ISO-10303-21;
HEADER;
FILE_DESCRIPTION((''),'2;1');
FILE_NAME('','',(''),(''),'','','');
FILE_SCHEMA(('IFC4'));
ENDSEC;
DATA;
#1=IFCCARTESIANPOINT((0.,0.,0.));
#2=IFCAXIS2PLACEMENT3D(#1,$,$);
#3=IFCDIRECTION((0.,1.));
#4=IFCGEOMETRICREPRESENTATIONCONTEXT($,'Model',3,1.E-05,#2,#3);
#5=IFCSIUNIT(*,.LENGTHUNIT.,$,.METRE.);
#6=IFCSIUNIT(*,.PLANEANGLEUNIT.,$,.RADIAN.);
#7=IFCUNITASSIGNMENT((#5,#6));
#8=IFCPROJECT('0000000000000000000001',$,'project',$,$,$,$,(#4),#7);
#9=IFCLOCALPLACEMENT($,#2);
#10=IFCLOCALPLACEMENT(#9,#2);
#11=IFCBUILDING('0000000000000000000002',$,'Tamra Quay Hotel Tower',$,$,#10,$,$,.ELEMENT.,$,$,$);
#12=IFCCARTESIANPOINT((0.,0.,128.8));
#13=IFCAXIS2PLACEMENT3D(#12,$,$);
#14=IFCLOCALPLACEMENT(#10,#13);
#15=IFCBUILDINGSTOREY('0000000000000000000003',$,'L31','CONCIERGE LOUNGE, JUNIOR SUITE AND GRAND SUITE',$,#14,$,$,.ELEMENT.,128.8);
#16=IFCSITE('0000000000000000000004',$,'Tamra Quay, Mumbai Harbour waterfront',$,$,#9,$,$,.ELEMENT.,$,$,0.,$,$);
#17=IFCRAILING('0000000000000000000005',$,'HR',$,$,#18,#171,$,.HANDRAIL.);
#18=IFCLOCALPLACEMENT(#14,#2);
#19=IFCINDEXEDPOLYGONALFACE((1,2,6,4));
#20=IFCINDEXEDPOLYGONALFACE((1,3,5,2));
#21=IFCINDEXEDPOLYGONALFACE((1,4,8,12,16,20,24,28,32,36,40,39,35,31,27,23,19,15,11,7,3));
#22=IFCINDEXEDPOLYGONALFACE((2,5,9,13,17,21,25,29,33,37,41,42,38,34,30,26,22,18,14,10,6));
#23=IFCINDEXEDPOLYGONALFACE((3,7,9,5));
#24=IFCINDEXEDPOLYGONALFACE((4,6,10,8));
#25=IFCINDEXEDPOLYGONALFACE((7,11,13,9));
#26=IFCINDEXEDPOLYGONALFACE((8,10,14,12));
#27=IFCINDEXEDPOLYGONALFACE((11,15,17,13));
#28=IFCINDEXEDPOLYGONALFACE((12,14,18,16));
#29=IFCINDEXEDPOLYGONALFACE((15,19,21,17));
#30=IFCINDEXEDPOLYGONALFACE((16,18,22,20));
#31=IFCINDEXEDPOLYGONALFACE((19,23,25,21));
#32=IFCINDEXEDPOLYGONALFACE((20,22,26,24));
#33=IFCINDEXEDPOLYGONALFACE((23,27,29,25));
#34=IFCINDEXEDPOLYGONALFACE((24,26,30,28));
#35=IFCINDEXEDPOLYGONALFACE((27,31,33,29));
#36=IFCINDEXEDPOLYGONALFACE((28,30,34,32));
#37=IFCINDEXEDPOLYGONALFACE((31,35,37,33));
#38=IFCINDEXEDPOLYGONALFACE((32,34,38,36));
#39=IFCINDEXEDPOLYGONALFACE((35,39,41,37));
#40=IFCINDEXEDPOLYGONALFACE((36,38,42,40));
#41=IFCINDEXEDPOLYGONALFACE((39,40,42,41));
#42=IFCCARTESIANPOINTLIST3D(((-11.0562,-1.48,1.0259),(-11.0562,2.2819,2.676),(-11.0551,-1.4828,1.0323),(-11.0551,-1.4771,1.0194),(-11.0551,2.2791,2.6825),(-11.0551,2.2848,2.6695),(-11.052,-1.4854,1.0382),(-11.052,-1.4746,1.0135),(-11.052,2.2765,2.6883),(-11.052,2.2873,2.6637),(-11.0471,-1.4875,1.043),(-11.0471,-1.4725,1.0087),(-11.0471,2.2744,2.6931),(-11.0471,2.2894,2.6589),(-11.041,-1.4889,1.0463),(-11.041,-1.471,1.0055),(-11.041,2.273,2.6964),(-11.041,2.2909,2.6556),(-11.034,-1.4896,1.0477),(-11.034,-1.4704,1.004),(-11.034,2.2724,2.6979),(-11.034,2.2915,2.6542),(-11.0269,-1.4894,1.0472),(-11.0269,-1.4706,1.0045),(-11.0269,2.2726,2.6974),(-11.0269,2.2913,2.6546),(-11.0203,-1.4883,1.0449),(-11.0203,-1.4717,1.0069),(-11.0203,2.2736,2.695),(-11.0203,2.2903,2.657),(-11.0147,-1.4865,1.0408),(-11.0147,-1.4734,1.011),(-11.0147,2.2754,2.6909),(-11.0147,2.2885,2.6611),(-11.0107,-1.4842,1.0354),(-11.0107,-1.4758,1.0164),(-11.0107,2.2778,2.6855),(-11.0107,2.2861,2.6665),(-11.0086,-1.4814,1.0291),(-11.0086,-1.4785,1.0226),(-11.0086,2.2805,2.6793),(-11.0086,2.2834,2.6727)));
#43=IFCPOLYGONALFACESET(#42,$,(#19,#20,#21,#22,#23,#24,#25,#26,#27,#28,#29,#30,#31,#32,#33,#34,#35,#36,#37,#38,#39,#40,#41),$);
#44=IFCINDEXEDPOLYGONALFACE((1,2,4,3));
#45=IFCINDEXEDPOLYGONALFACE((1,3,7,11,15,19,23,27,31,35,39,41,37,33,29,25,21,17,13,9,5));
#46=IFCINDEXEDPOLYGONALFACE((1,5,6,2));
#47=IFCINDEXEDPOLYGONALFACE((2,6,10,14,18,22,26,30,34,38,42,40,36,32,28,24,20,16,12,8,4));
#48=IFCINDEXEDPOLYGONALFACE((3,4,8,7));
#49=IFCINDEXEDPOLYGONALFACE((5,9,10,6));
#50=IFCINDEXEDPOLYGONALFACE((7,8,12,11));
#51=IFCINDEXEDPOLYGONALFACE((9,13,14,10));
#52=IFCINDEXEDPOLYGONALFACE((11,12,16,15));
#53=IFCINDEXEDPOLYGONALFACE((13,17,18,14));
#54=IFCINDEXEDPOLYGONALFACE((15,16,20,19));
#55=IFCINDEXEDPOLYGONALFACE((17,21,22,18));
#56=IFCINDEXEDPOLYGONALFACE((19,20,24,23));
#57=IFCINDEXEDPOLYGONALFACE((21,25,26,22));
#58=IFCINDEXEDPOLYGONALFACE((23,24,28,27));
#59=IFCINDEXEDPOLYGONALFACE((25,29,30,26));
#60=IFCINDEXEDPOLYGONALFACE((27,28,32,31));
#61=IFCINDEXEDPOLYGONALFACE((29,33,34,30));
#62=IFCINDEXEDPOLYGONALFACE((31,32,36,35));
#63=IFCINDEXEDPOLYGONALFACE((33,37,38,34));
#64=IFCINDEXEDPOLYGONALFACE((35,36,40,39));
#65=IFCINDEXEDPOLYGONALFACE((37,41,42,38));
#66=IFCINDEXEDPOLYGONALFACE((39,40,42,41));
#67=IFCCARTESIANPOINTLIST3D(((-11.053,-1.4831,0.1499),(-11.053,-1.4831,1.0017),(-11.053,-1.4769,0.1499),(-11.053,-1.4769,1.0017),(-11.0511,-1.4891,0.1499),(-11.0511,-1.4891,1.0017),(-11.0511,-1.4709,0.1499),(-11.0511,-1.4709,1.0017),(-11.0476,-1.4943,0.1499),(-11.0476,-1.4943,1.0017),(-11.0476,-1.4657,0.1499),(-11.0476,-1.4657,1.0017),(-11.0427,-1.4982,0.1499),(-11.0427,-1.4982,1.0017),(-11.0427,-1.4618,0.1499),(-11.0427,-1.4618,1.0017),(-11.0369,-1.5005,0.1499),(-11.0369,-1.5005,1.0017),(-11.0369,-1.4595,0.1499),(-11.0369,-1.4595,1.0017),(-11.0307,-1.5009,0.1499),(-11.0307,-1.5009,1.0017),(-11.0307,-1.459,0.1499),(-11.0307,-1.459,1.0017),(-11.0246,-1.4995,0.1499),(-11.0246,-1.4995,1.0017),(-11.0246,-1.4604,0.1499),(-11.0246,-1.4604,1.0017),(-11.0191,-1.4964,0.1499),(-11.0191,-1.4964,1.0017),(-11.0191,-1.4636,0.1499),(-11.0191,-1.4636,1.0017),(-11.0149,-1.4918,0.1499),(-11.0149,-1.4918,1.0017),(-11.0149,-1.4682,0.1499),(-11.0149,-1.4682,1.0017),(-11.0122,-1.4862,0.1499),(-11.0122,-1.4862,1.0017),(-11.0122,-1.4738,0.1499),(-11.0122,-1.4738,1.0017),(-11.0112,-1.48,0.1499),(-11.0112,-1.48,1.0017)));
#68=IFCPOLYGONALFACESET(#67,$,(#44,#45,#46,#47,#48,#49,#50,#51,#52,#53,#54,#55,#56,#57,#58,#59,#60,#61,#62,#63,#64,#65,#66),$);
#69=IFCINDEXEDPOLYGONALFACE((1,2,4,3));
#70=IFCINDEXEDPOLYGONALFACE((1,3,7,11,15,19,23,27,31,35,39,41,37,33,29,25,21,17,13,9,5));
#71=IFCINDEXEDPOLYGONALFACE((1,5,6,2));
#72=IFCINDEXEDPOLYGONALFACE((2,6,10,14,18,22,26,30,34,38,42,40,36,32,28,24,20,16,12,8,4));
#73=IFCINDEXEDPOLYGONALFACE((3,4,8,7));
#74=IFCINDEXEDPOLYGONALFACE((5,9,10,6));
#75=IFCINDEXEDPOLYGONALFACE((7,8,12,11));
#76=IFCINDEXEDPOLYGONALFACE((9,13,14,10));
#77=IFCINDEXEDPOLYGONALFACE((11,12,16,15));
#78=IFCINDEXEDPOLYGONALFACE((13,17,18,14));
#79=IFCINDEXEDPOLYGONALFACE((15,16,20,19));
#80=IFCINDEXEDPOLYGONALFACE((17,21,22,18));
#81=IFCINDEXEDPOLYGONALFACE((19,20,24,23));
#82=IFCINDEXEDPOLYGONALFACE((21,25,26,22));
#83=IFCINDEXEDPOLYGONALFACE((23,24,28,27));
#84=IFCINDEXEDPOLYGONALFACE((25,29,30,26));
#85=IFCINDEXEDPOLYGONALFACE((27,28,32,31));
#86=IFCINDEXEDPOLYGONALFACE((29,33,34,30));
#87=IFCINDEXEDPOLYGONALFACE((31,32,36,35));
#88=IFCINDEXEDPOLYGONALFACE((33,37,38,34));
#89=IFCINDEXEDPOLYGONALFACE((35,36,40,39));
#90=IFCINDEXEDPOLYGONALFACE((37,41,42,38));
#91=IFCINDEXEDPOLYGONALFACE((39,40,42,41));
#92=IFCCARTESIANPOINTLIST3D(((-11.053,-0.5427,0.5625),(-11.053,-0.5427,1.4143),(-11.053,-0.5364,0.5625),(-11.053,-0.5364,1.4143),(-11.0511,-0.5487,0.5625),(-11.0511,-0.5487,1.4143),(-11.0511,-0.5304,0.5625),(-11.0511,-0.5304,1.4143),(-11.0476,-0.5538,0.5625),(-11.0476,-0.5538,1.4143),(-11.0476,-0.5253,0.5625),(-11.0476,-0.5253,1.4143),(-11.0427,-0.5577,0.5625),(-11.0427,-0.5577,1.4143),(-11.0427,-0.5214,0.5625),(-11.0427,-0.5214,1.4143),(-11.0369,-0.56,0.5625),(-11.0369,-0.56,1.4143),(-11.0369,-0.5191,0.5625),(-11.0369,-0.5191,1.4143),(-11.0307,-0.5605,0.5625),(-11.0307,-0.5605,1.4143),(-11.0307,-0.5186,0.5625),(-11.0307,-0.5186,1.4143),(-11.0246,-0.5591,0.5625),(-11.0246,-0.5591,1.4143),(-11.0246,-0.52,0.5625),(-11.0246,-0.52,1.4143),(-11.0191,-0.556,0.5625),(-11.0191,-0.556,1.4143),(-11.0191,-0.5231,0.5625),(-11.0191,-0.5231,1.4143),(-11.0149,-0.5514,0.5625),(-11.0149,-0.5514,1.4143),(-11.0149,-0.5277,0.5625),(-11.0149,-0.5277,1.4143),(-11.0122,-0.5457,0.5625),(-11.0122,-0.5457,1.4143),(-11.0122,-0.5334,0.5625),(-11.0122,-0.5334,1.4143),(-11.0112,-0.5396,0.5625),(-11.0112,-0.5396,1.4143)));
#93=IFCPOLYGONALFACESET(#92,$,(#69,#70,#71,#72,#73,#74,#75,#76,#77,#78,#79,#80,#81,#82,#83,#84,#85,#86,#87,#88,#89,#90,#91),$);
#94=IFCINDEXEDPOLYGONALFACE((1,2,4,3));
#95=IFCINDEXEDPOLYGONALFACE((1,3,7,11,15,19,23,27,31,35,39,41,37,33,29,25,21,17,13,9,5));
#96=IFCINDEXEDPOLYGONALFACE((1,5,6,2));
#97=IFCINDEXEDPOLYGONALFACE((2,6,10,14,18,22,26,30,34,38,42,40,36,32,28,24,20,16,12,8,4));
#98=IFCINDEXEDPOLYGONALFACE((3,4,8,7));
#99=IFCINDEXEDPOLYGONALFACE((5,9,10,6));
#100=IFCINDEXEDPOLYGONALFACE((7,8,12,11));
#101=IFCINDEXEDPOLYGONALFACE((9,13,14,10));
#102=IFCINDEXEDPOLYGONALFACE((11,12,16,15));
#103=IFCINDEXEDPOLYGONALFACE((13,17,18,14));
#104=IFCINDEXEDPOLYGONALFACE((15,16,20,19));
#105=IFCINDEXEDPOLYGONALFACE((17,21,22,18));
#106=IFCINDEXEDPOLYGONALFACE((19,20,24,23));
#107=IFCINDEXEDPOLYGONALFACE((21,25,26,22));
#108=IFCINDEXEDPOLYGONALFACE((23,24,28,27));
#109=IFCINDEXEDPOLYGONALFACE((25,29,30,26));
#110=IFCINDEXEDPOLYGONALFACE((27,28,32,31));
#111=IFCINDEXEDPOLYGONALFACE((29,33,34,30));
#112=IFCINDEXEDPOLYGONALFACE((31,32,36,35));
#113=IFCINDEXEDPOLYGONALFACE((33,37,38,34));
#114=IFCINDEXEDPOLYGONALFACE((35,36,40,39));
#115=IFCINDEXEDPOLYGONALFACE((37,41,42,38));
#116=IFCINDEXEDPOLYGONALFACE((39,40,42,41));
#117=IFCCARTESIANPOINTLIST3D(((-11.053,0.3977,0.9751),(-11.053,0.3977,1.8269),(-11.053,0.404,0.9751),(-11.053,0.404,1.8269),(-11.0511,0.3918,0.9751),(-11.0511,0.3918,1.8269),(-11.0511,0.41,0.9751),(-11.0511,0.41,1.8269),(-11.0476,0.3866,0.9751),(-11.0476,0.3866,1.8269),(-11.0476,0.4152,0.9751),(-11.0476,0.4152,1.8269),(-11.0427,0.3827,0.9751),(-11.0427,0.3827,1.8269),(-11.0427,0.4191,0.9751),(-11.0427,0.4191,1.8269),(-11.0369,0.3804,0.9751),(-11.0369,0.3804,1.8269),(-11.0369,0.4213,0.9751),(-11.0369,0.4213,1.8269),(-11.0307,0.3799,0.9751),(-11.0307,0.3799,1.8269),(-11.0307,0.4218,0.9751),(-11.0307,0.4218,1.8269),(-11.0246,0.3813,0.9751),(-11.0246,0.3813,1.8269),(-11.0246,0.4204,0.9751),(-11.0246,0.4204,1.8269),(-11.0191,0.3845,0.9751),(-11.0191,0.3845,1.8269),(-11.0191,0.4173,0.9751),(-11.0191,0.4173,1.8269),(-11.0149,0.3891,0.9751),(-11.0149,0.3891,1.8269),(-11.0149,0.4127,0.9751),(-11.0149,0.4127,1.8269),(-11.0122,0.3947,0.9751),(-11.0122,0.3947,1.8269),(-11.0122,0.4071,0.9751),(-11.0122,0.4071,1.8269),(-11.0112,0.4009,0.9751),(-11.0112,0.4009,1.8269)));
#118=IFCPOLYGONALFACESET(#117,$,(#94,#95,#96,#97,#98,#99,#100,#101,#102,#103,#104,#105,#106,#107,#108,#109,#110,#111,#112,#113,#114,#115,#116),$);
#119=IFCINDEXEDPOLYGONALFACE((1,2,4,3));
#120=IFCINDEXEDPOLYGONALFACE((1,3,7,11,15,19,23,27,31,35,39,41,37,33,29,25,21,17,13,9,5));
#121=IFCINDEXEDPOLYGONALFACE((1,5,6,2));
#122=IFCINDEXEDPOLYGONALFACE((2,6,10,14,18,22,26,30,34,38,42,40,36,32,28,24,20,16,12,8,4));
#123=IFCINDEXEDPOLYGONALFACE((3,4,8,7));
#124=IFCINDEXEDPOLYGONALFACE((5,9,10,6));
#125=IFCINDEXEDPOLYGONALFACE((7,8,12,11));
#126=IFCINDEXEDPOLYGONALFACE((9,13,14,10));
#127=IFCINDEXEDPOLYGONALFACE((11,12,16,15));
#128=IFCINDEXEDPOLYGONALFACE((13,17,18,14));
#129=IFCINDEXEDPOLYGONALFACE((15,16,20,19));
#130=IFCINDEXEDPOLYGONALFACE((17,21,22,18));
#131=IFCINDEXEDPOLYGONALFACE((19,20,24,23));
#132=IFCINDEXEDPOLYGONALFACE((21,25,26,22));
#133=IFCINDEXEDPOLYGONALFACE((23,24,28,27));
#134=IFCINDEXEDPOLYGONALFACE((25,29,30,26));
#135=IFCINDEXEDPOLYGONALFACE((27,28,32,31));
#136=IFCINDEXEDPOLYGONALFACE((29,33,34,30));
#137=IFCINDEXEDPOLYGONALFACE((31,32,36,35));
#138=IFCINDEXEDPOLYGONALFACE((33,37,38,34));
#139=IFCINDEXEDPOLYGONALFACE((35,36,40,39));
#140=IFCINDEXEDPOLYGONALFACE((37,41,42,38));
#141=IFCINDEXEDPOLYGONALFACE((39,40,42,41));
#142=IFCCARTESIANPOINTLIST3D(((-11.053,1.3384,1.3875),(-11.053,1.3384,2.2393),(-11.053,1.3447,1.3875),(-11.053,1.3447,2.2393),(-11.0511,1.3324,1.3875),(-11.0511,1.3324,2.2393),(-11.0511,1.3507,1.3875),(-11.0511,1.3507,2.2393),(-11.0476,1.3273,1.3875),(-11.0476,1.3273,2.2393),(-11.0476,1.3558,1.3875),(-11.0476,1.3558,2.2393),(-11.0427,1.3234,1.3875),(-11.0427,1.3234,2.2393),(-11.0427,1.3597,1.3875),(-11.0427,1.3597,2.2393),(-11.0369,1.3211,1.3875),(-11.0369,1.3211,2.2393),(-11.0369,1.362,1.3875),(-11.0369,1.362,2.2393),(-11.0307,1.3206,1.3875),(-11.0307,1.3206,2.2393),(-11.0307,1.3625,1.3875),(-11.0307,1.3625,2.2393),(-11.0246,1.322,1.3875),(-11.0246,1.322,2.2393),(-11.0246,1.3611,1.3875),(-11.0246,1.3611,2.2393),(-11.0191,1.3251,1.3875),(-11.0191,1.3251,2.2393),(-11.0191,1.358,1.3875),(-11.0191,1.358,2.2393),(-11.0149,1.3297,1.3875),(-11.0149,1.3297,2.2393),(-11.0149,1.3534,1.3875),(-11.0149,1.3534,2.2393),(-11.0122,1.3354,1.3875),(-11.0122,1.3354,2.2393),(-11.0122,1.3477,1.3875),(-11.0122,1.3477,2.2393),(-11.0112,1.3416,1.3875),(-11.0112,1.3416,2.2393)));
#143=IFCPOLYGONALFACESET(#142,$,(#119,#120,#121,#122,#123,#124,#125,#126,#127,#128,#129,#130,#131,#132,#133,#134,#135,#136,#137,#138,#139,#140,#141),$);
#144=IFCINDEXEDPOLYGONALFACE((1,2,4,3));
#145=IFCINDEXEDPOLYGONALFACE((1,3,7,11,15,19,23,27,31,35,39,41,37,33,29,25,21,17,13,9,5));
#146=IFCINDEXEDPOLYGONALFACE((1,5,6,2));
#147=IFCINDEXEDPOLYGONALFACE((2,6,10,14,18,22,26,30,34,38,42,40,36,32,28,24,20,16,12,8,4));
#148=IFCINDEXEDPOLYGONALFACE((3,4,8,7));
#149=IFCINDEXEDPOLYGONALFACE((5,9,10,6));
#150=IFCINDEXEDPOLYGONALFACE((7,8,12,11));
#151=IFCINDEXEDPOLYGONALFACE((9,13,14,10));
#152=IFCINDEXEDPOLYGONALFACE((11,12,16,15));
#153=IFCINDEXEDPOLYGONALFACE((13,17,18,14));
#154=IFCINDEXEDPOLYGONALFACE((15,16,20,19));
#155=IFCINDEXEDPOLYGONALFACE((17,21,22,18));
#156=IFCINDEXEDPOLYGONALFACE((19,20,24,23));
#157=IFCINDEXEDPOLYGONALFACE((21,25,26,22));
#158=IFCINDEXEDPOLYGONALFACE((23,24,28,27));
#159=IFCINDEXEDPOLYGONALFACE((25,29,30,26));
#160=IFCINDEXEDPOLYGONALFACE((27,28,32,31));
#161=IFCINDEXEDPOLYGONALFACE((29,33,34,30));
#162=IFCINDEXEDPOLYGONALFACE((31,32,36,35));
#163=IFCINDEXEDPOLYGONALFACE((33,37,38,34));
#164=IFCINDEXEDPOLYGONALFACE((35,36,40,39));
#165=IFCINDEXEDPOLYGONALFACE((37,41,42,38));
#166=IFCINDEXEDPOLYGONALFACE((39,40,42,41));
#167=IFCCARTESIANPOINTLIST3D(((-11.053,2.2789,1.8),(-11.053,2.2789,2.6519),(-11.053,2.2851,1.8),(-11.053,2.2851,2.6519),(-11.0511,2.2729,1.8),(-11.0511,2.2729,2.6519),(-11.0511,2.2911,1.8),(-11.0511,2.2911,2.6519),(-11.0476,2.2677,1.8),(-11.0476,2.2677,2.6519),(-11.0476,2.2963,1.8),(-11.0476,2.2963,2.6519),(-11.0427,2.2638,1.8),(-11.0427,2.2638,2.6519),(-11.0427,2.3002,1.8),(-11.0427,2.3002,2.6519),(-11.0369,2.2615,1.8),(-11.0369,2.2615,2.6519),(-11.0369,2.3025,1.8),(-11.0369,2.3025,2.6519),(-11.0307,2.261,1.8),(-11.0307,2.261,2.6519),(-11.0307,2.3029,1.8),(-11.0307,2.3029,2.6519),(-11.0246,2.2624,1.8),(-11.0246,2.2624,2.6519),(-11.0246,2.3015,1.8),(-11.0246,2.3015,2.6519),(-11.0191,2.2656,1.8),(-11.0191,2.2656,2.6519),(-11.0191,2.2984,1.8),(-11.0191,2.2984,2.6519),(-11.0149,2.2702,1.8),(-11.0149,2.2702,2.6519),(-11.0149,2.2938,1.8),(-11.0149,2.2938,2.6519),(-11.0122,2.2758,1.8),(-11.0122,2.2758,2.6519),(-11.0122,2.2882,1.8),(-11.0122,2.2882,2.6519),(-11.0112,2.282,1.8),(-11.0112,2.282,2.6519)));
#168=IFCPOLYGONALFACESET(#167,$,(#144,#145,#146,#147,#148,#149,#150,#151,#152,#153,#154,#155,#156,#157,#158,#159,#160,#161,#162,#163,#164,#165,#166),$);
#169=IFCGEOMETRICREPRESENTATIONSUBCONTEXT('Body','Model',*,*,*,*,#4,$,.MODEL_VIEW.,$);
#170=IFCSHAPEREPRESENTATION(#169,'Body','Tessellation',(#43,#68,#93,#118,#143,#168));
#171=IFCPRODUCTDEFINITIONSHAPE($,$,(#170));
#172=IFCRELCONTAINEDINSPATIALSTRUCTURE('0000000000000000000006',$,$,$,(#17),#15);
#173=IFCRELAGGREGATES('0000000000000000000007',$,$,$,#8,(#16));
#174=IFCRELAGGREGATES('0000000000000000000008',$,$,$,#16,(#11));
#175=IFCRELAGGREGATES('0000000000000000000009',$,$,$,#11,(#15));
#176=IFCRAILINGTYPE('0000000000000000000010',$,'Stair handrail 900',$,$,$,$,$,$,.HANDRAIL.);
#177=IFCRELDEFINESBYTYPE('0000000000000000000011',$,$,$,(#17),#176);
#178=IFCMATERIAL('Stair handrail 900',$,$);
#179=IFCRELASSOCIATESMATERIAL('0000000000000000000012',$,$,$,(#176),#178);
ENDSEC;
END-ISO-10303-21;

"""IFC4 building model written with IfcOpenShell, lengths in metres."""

from ifc_helpers import new_model, si_unit, direction, frame, origin, origin_2d, place, context, subcontext, project, spatial, circle, extrude, material, type_object, element, save


model = new_model("IFC4")

# Units and contexts
model_context = context("Model", 3, precision=1e-05, world=origin(), true_north=direction((0.0, 1.0)))
body_context = subcontext(model_context, "Body", "Model", "MODEL_VIEW")
ifc_project = project(units=[si_unit("LENGTHUNIT", "METRE"), si_unit("PLANEANGLEUNIT", "RADIAN")], contexts=[model_context])

# Site, building, storey
site_placement = place(None, origin())
site = spatial("IfcSite", under=ifc_project, at=site_placement, Name="Tamra Quay, Mumbai Harbour waterfront", CompositionType="ELEMENT", RefElevation=0.0)
building_placement = place(site_placement, origin())
building = spatial("IfcBuilding", under=site, at=building_placement, Name="Tamra Quay Hotel Tower", CompositionType="ELEMENT")
storey_placement = place(building_placement, frame((0.0, 0.0, 128.8)))
storey = spatial("IfcBuildingStorey", under=building, at=storey_placement, Name="L31", Description="CONCIERGE LOUNGE, JUNIOR SUITE AND GRAND SUITE", CompositionType="ELEMENT", Elevation=128.8)

# Railing
ifc_material_1 = material(Name="Stair handrail 900")
railing_type_1 = type_object("IfcRailingType", Name="Stair handrail 900", PredefinedType="HANDRAIL", material=ifc_material_1)
railing_1_placement = place(storey_placement, frame((-11.0322, -1.48, 0.1499)))
element("IfcRailing", 1, at=railing_1_placement, inside=storey, type_object=railing_type_1, Name="HR", PredefinedType="HANDRAIL", context=body_context, shape_type="SweptSolid", body=[
    extrude(circle(Radius=0.0239, at=origin_2d()), frame((0.0, 0.0, 0.876), z_axis=(0.0, 0.915774, 0.401695), x_axis=(-1.0, 0.0, 0.0)), (0.0, 0.0, 1.0), 4.1079),
    extrude(circle(Radius=0.021, at=origin_2d()), origin(), (0.0, 0.0, 1.0), 0.8518),
    extrude(circle(Radius=0.021, at=origin_2d()), frame((0.0, 0.9404, 0.4126)), (0.0, 0.0, 1.0), 0.8518),
    extrude(circle(Radius=0.021, at=origin_2d()), frame((0.0, 1.8809, 0.8252)), (0.0, 0.0, 1.0), 0.8518),
    extrude(circle(Radius=0.021, at=origin_2d()), frame((0.0, 2.8215, 1.2375)), (0.0, 0.0, 1.0), 0.8518),
    extrude(circle(Radius=0.021, at=origin_2d()), frame((0.0, 3.762, 1.6501)), (0.0, 0.0, 1.0), 0.8518),
])

save(model, "model.ifc")
